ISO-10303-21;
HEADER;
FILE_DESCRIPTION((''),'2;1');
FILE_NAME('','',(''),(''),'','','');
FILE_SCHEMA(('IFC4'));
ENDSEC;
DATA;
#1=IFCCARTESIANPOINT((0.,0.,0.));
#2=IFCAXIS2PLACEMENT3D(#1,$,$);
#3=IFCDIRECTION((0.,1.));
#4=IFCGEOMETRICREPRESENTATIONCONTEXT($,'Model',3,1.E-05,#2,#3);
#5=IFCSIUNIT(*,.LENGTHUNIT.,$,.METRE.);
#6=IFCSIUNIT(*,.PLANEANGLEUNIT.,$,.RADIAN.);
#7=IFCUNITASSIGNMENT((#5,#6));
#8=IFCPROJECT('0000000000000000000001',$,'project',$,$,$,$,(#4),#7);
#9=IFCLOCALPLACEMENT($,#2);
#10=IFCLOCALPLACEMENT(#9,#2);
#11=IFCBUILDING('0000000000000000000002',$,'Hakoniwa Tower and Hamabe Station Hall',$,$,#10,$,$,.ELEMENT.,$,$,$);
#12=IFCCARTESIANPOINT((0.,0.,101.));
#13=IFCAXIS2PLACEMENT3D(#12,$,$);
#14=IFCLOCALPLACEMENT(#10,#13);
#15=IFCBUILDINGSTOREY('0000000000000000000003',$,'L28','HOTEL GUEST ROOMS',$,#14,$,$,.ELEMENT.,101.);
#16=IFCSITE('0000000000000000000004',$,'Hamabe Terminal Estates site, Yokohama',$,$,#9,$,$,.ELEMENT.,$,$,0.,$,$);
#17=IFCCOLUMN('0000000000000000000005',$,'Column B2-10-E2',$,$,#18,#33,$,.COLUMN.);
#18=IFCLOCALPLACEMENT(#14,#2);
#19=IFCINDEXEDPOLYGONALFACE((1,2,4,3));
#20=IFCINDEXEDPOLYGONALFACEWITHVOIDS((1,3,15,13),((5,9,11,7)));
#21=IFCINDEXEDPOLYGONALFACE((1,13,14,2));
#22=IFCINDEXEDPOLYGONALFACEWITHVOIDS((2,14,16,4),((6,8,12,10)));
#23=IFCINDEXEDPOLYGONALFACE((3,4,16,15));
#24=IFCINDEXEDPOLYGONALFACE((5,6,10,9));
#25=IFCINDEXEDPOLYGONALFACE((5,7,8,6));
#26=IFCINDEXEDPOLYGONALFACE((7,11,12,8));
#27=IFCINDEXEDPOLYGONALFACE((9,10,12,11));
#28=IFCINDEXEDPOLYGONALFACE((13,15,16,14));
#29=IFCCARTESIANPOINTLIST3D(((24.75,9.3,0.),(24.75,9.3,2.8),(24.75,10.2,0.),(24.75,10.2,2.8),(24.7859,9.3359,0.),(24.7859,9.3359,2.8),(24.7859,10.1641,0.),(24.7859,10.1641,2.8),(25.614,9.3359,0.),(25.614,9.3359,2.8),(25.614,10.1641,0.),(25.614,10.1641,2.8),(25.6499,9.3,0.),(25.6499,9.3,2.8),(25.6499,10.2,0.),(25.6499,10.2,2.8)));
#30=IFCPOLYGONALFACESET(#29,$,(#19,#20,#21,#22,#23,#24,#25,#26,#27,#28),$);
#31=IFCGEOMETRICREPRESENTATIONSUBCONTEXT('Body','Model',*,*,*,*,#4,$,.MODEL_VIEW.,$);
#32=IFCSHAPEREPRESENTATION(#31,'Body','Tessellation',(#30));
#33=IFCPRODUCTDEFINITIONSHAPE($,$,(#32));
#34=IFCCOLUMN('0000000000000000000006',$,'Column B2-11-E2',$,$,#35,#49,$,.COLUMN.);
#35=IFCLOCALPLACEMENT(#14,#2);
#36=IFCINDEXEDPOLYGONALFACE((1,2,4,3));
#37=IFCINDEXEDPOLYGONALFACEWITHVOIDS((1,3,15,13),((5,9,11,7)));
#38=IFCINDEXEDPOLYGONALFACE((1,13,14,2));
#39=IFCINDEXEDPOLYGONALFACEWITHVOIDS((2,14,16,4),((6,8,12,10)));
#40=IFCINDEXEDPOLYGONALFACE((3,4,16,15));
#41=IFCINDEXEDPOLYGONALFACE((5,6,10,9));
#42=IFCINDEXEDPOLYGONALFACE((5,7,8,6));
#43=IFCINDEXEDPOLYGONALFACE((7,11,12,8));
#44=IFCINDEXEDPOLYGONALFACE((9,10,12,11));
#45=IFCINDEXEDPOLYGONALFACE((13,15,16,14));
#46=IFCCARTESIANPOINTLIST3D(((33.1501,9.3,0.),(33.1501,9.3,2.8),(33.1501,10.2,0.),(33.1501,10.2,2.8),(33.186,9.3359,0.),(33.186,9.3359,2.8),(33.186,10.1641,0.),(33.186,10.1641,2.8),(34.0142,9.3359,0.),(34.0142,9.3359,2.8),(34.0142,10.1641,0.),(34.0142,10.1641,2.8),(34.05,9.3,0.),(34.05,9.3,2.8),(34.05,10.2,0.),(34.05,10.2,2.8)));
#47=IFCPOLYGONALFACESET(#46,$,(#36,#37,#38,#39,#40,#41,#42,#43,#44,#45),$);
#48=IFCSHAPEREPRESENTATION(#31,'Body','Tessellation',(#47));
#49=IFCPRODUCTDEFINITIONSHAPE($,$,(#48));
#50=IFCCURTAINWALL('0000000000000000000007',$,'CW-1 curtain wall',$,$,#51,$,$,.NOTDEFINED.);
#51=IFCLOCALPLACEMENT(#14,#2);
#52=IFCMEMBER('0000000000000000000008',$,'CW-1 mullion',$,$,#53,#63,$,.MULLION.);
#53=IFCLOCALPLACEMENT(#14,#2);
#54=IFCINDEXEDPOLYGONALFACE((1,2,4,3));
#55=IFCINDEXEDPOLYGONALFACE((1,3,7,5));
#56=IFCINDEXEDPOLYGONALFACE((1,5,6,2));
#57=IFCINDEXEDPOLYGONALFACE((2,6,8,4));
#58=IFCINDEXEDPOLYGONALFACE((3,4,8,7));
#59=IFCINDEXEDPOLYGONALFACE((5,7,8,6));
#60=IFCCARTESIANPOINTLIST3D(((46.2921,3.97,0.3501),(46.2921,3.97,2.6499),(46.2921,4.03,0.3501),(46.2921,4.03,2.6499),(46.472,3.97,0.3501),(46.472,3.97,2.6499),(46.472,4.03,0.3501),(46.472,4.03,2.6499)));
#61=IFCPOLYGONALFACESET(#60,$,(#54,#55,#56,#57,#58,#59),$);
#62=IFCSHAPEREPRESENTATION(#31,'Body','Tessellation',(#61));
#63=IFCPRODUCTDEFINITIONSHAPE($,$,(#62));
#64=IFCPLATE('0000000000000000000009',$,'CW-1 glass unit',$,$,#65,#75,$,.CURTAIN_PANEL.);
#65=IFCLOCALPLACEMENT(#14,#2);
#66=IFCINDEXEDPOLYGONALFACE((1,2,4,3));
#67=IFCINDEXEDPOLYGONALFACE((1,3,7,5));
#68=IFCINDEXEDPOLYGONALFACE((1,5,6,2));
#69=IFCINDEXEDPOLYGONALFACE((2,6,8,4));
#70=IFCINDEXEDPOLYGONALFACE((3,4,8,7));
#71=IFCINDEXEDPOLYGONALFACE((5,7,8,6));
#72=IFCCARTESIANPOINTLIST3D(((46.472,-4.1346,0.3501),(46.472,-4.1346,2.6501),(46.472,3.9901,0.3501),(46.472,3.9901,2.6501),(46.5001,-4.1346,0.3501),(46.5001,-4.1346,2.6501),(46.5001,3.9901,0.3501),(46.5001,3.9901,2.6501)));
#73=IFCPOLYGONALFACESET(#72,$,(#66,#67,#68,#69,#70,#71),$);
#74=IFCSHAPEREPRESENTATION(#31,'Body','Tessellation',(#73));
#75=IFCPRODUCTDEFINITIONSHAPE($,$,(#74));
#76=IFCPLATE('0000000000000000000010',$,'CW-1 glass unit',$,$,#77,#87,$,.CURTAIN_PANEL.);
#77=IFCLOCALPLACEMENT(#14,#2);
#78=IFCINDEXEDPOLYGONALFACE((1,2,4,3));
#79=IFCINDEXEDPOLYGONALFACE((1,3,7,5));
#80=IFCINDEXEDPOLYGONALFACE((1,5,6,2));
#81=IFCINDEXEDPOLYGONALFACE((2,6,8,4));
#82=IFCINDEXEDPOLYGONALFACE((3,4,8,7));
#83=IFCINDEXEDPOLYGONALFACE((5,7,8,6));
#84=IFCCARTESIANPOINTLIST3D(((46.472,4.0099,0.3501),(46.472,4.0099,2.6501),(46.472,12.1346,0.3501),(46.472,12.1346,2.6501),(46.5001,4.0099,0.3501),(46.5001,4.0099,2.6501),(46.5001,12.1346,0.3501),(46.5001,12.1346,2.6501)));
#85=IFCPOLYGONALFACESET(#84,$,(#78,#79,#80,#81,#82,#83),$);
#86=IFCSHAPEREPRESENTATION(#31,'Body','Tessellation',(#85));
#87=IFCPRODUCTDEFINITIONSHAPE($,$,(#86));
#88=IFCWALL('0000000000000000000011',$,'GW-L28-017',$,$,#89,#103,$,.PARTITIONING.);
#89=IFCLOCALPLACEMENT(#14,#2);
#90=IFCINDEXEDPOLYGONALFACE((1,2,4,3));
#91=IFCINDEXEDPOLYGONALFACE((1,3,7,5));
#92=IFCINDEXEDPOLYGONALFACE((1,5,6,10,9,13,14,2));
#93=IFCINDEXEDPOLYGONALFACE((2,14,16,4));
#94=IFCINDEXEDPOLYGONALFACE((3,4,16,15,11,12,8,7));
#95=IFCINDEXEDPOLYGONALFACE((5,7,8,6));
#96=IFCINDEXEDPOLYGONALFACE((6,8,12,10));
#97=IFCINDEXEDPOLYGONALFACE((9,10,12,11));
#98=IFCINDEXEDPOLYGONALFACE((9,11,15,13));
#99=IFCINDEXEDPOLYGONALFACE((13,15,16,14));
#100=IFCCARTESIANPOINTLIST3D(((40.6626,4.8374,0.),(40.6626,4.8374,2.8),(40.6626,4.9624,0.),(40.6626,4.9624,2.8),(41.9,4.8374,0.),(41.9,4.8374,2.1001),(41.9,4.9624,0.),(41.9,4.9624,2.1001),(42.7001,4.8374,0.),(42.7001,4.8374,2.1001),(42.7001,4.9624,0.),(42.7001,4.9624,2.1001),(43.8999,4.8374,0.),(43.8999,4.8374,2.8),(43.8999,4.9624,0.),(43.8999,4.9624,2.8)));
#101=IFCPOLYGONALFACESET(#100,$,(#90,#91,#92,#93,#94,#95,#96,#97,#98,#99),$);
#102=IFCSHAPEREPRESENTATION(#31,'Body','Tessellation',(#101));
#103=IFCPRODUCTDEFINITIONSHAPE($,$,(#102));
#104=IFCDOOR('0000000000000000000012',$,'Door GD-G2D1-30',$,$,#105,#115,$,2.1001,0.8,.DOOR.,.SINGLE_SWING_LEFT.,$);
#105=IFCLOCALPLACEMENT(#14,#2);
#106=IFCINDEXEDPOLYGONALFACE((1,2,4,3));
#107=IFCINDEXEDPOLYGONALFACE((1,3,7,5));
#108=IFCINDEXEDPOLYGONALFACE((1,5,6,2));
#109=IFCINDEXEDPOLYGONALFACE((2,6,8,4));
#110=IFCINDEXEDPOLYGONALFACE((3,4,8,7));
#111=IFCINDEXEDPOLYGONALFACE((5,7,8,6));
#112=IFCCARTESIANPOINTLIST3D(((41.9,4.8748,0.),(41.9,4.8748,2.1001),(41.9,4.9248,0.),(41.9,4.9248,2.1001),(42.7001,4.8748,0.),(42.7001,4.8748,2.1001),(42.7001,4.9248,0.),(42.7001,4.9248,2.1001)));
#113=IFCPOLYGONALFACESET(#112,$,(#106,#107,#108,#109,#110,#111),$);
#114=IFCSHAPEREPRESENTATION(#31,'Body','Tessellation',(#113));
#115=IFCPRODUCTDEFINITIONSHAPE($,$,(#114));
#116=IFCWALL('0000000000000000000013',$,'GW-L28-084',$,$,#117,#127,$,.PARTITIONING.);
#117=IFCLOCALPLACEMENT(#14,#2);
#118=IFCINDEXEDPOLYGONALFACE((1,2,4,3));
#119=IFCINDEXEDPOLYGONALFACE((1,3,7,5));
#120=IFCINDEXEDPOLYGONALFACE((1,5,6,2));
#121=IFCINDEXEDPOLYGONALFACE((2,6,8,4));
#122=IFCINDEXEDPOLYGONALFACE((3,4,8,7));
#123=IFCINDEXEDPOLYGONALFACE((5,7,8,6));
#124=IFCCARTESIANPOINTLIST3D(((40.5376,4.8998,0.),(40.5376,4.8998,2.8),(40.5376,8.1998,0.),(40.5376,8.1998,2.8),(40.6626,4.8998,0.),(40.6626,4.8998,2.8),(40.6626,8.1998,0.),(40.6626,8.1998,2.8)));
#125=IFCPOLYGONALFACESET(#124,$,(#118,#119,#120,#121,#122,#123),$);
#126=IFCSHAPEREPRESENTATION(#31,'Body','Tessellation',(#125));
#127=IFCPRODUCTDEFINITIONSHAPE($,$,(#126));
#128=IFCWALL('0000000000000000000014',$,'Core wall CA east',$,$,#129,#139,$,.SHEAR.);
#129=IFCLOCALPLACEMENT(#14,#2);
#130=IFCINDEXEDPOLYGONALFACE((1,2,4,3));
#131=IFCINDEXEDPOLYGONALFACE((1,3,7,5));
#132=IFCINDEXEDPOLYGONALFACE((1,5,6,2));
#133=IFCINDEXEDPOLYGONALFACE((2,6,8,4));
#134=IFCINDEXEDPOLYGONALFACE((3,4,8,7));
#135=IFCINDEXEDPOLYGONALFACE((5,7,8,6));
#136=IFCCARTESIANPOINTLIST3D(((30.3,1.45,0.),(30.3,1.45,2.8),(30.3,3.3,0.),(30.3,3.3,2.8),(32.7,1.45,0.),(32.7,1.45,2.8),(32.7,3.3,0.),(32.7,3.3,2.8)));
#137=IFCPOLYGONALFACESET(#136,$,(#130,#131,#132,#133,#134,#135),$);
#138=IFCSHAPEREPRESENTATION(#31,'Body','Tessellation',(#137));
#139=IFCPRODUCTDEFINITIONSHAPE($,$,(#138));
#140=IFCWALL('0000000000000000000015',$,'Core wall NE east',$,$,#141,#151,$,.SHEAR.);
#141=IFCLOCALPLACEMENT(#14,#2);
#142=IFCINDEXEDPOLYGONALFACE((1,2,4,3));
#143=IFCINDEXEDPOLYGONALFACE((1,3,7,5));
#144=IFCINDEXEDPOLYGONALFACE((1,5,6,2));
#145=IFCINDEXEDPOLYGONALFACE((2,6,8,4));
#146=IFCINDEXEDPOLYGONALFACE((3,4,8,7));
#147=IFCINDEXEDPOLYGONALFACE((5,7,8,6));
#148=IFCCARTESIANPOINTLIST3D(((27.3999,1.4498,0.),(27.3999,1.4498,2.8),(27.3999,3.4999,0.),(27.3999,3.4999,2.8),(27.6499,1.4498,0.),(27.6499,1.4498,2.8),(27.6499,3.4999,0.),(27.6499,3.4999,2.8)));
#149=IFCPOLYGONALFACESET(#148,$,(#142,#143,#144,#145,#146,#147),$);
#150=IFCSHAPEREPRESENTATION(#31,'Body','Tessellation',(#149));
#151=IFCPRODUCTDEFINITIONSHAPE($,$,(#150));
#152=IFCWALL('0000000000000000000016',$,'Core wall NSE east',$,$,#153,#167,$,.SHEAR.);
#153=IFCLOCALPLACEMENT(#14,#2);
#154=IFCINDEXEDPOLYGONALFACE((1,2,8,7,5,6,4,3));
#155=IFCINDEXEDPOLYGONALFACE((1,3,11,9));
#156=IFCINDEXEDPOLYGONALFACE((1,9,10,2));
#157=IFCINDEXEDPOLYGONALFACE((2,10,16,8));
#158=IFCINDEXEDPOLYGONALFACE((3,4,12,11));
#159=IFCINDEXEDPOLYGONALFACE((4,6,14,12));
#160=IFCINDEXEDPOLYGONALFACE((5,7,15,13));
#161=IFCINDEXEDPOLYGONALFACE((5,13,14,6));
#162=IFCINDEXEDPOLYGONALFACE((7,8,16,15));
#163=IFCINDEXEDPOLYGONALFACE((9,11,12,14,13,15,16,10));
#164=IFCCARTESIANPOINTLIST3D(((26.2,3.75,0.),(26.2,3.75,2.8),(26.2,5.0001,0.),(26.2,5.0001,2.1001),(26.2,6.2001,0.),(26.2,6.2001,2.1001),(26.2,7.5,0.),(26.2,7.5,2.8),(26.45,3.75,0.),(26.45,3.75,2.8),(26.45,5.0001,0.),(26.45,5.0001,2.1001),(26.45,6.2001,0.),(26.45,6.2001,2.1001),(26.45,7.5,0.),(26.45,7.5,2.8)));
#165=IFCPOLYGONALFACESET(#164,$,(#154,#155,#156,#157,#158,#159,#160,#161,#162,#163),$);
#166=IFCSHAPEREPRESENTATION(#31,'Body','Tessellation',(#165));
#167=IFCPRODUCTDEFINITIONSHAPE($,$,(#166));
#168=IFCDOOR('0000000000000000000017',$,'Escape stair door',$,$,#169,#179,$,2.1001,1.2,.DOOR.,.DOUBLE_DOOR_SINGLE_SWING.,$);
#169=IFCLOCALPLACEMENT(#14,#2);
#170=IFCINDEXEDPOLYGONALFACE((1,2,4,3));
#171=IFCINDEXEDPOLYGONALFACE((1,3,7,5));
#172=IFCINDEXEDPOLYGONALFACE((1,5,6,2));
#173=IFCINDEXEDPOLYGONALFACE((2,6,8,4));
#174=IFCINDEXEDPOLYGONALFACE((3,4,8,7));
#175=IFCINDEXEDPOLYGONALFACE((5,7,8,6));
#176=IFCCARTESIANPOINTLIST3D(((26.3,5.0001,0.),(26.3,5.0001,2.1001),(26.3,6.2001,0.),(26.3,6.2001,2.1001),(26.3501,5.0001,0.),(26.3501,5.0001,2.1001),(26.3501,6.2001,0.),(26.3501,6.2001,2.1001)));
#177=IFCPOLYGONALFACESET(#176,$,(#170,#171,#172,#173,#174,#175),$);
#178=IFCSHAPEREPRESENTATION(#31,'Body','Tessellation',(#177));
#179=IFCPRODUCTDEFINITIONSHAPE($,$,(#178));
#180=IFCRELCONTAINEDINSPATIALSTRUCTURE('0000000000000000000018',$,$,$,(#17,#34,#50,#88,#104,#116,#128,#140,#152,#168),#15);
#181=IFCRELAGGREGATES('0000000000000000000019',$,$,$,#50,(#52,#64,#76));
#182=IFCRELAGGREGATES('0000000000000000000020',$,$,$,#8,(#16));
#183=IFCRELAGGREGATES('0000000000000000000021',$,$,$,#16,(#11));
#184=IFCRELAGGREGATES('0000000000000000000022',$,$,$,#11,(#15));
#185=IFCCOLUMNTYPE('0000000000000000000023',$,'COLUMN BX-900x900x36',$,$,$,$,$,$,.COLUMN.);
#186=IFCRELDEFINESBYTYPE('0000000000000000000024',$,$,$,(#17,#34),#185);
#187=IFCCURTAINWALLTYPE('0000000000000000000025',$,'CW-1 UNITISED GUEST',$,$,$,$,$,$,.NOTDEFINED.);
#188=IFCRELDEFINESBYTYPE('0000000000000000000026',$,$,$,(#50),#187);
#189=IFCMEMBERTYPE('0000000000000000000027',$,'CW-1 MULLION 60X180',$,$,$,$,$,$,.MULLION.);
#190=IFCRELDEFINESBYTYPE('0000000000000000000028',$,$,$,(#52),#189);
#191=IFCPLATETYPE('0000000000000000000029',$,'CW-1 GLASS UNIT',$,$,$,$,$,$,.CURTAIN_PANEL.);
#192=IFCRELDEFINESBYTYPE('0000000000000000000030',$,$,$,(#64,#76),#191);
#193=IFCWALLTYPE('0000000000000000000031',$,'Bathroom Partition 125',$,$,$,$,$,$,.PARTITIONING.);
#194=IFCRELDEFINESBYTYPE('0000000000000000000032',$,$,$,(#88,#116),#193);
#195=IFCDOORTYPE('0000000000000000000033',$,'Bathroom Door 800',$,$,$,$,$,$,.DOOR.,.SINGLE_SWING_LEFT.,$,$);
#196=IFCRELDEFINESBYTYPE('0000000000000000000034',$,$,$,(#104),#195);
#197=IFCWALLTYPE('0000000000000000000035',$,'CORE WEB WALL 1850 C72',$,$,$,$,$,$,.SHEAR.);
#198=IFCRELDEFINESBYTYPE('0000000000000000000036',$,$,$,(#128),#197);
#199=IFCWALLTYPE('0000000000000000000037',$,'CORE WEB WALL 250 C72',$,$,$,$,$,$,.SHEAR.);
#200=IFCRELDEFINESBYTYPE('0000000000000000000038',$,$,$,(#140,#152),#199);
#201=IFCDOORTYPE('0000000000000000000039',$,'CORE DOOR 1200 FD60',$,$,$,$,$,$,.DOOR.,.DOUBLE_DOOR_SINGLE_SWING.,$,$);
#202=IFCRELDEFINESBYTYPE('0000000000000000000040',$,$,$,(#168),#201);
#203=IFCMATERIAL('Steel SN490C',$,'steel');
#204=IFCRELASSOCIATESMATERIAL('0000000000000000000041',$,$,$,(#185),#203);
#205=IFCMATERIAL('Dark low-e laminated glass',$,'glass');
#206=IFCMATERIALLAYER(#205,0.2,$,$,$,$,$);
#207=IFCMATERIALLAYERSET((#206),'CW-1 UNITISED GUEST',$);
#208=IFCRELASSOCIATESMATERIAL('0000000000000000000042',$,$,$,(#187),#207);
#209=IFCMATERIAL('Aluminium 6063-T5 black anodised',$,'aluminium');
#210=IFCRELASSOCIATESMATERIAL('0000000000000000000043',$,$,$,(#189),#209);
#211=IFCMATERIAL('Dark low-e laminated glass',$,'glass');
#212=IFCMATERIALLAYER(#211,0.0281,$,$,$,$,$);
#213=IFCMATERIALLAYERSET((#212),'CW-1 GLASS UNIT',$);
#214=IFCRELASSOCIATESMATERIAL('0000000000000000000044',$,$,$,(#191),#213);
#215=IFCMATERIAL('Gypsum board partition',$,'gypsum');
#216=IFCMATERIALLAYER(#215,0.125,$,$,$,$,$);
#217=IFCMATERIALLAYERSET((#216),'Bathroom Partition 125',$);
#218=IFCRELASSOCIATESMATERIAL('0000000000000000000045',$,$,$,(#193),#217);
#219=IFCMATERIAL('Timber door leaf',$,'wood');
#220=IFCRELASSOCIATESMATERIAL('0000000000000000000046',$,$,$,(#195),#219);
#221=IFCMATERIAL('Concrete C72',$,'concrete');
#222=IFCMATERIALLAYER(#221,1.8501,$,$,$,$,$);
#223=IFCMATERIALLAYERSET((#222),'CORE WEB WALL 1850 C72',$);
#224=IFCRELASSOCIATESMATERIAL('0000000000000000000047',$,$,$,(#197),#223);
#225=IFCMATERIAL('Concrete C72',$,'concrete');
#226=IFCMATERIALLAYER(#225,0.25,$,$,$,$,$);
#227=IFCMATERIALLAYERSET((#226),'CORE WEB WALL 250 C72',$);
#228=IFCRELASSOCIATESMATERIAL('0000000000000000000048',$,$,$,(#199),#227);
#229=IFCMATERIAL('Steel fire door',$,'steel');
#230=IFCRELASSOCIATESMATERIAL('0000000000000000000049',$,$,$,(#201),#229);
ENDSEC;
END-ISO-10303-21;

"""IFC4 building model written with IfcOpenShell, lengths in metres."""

from ifc_helpers import new_model, si_unit, direction, frame, frame_2d, origin, origin_2d, place, context, subcontext, project, spatial, rectangle, hollow_rectangle, extrude, material, layer, layer_set, material_profile, profile_set, type_object, element, fill, aggregate, save


model = new_model("IFC4")

# Units and contexts
model_context = context("Model", 3, precision=1e-05, world=origin(), true_north=direction((0.0, 1.0)))
body_context = subcontext(model_context, "Body", "Model", "MODEL_VIEW")
ifc_project = project(units=[si_unit("LENGTHUNIT", "METRE"), si_unit("PLANEANGLEUNIT", "RADIAN")], contexts=[model_context])

# Site, building, storey
site_placement = place(None, origin())
site = spatial("IfcSite", under=ifc_project, at=site_placement, Name="Hamabe Terminal Estates site, Yokohama", CompositionType="ELEMENT", RefElevation=0.0)
building_placement = place(site_placement, origin())
building = spatial("IfcBuilding", under=site, at=building_placement, Name="Hakoniwa Tower and Hamabe Station Hall", CompositionType="ELEMENT")
storey_placement = place(building_placement, frame((0.0, 0.0, 101.0)))
storey = spatial("IfcBuildingStorey", under=building, at=storey_placement, Name="L28", Description="HOTEL GUEST ROOMS", CompositionType="ELEMENT", Elevation=101.0)

# Columns
ifc_material_1 = material(Name="Steel SN490C", Category="steel")
ifc_material_profile_1 = material_profile(ifc_material_1, hollow_rectangle(XDim=0.8999, YDim=0.8999, WallThickness=0.0359, at=origin_2d()), Name="BX-900x900x36")
ifc_profile_set_1 = profile_set([ifc_material_profile_1], Name="Steel SN490C")
column_type = type_object("IfcColumnType", Name="COLUMN BX-900x900x36", PredefinedType="COLUMN", material=ifc_profile_set_1)
for number, where, z_axis, x_axis, name in (
    (1, (25.2, 9.75, 0.0), (0.0, 0.0, 1.0), (1.0, 0.0, 0.0), "Column B2-10-E2"),
    (2, (33.6001, 9.75, 0.0), (0.0, 0.0, 1.0), (1.0, 0.0, 0.0), "Column B2-11-E2"),
):
    element("IfcColumn", number, at=place(storey_placement, frame(where, z_axis=z_axis, x_axis=x_axis)), inside=storey, type_object=column_type, Name=name, PredefinedType="COLUMN", context=body_context, shape_type="SweptSolid", body=[
        extrude(hollow_rectangle(XDim=0.8999, YDim=0.8999, WallThickness=0.0359, at=origin_2d()), origin(), (0.0, 0.0, 1.0), 2.8),
    ])

# Curtain wall, member, plates
ifc_material_2 = material(Name="Dark low-e laminated glass", Category="glass")
ifc_layer_1 = layer(ifc_material_2, 0.2)
ifc_layer_set_1 = layer_set([ifc_layer_1], Name="CW-1 UNITISED GUEST")
curtain_wall_type = type_object("IfcCurtainWallType", Name="CW-1 UNITISED GUEST", PredefinedType="NOTDEFINED", material=ifc_layer_set_1)
curtain_wall_placement = place(storey_placement, origin())
curtain_wall = element("IfcCurtainWall", 3, at=curtain_wall_placement, inside=storey, type_object=curtain_wall_type, Name="CW-1 curtain wall", PredefinedType="NOTDEFINED")
ifc_material_3 = material(Name="Aluminium 6063-T5 black anodised", Category="aluminium")
ifc_material_profile_2 = material_profile(ifc_material_3, rectangle(XDim=0.0601, YDim=0.1799, at=origin_2d()), Name="CW-1 MULLION 60X180")
ifc_profile_set_2 = profile_set([ifc_material_profile_2], Name="Aluminium 6063-T5 black anodised")
member_type = type_object("IfcMemberType", Name="CW-1 MULLION 60X180", PredefinedType="MULLION", material=ifc_profile_set_2)
member_placement = place(storey_placement, frame((46.3821, 4.0, 0.3501), z_axis=(0.0, 0.0, 1.0), x_axis=(0.0, 1.0, 0.0)))
member = element("IfcMember", 4, at=member_placement, type_object=member_type, Name="CW-1 mullion", PredefinedType="MULLION", context=body_context, shape_type="SweptSolid", body=[
    extrude(rectangle(XDim=0.0601, YDim=0.1799, at=origin_2d()), origin(), (0.0, 0.0, 1.0), 2.2998),
])
ifc_material_4 = material(Name="Dark low-e laminated glass", Category="glass")
ifc_layer_2 = layer(ifc_material_4, 0.0281)
ifc_layer_set_2 = layer_set([ifc_layer_2], Name="CW-1 GLASS UNIT")
plate_type = type_object("IfcPlateType", Name="CW-1 GLASS UNIT", PredefinedType="CURTAIN_PANEL", material=ifc_layer_set_2)
plate_1_placement = place(storey_placement, frame((46.4861, -0.0723, 0.3501), z_axis=(0.0, 0.0, 1.0), x_axis=(0.0, 1.0, 0.0)))
plate_1 = element("IfcPlate", 5, at=plate_1_placement, type_object=plate_type, Name="CW-1 glass unit", PredefinedType="CURTAIN_PANEL", context=body_context, shape_type="SweptSolid", body=[
    extrude(rectangle(XDim=8.1248, YDim=0.0281, at=origin_2d()), origin(), (0.0, 0.0, 1.0), 2.3),
])
plate_2_placement = place(storey_placement, frame((46.4861, 8.0723, 0.3501), z_axis=(0.0, 0.0, 1.0), x_axis=(0.0, 1.0, 0.0)))
plate_2 = element("IfcPlate", 6, at=plate_2_placement, type_object=plate_type, Name="CW-1 glass unit", PredefinedType="CURTAIN_PANEL", context=body_context, shape_type="SweptSolid", body=[
    extrude(rectangle(XDim=8.1248, YDim=0.0281, at=origin_2d()), origin(), (0.0, 0.0, 1.0), 2.3),
])
aggregate(curtain_wall, [member, plate_1, plate_2])

# Wall, opening, door
ifc_material_5 = material(Name="Gypsum board partition", Category="gypsum")
ifc_layer_3 = layer(ifc_material_5, 0.125)
ifc_layer_set_3 = layer_set([ifc_layer_3], Name="Bathroom Partition 125")
wall_type_1 = type_object("IfcWallType", Name="Bathroom Partition 125", PredefinedType="PARTITIONING", material=ifc_layer_set_3)
wall_1_placement = place(storey_placement, frame((40.6626, 4.8999, 0.0), z_axis=(0.0, 0.0, 1.0), x_axis=(1.0, 0.0, 0.0)))
wall_1 = element("IfcWall", 7, at=wall_1_placement, inside=storey, type_object=wall_type_1, Name="GW-L28-017", PredefinedType="PARTITIONING", context=body_context, shape_type="SweptSolid", body=[
    extrude(rectangle(XDim=3.2373, YDim=0.125, at=frame_2d((1.6187, 0.0))), origin(), (0.0, 0.0, 1.0), 2.8),
])
opening_1_placement = place(wall_1_placement, frame((1.2375, 0.0, 0.0)))
opening_1 = element("IfcOpeningElement", 8, at=opening_1_placement, cuts=wall_1, PredefinedType="OPENING", context=body_context, shape_type="SweptSolid", body=[
    extrude(rectangle(XDim=0.8, YDim=2.1001, at=frame_2d((0.3999, 1.05))), frame((0.0, 0.0725, 0.0), z_axis=(0.0, -1.0, 0.0), x_axis=(1.0, 0.0, 0.0)), (0.0, 0.0, 1.0), 0.145),
])
ifc_material_6 = material(Name="Timber door leaf", Category="wood")
door_type_1 = type_object("IfcDoorType", Name="Bathroom Door 800", OperationType="SINGLE_SWING_LEFT", PredefinedType="DOOR", material=ifc_material_6)
door_1_placement = place(opening_1_placement, origin())
door_1 = element("IfcDoor", 9, at=door_1_placement, inside=storey, type_object=door_type_1, Name="Door GD-G2D1-30", OperationType="SINGLE_SWING_LEFT", OverallHeight=2.1001, OverallWidth=0.8, PredefinedType="DOOR", context=body_context, shape_type="SweptSolid", body=[
    extrude(rectangle(XDim=0.8, YDim=2.1001, at=frame_2d((0.3999, 1.05))), frame((0.0, 0.0249, 0.0), z_axis=(0.0, -1.0, 0.0), x_axis=(1.0, 0.0, 0.0)), (0.0, 0.0, 1.0), 0.05),
])
fill(opening_1, door_1)

# Walls
wall_2_placement = place(storey_placement, frame((40.6001, 4.8999, 0.0), z_axis=(0.0, 0.0, 1.0), x_axis=(0.0, 1.0, 0.0)))
element("IfcWall", 10, at=wall_2_placement, inside=storey, type_object=wall_type_1, Name="GW-L28-084", PredefinedType="PARTITIONING", context=body_context, shape_type="SweptSolid", body=[
    extrude(rectangle(XDim=3.3, YDim=0.125, at=frame_2d((1.6499, 0.0))), origin(), (0.0, 0.0, 1.0), 2.8),
])
ifc_material_7 = material(Name="Concrete C72", Category="concrete")
ifc_layer_4 = layer(ifc_material_7, 1.8501)
ifc_layer_set_4 = layer_set([ifc_layer_4], Name="CORE WEB WALL 1850 C72")
wall_type_2 = type_object("IfcWallType", Name="CORE WEB WALL 1850 C72", PredefinedType="SHEAR", material=ifc_layer_set_4)
wall_3_placement = place(storey_placement, frame((30.3, 2.375, 0.0), z_axis=(0.0, 0.0, 1.0), x_axis=(1.0, 0.0, 0.0)))
element("IfcWall", 11, at=wall_3_placement, inside=storey, type_object=wall_type_2, Name="Core wall CA east", PredefinedType="SHEAR", context=body_context, shape_type="SweptSolid", body=[
    extrude(rectangle(XDim=2.3999, YDim=1.8501, at=frame_2d((1.2, 0.0))), origin(), (0.0, 0.0, 1.0), 2.8),
])
ifc_material_8 = material(Name="Concrete C72", Category="concrete")
ifc_layer_5 = layer(ifc_material_8, 0.25)
ifc_layer_set_5 = layer_set([ifc_layer_5], Name="CORE WEB WALL 250 C72")
wall_type_3 = type_object("IfcWallType", Name="CORE WEB WALL 250 C72", PredefinedType="SHEAR", material=ifc_layer_set_5)
wall_4_placement = place(storey_placement, frame((27.5249, 1.45, 0.0), z_axis=(0.0, 0.0, 1.0), x_axis=(0.0, 1.0, 0.0)))
element("IfcWall", 12, at=wall_4_placement, inside=storey, type_object=wall_type_3, Name="Core wall NE east", PredefinedType="SHEAR", context=body_context, shape_type="SweptSolid", body=[
    extrude(rectangle(XDim=2.05, YDim=0.25, at=frame_2d((1.0249, 0.0))), origin(), (0.0, 0.0, 1.0), 2.8),
])

# Wall, opening, door
wall_5_placement = place(storey_placement, frame((26.325, 3.75, 0.0), z_axis=(0.0, 0.0, 1.0), x_axis=(0.0, 1.0, 0.0)))
wall_5 = element("IfcWall", 13, at=wall_5_placement, inside=storey, type_object=wall_type_3, Name="Core wall NSE east", PredefinedType="SHEAR", context=body_context, shape_type="SweptSolid", body=[
    extrude(rectangle(XDim=3.75, YDim=0.25, at=frame_2d((1.875, 0.0))), origin(), (0.0, 0.0, 1.0), 2.8),
])
opening_2_placement = place(wall_5_placement, frame((1.25, 0.0, 0.0)))
opening_2 = element("IfcOpeningElement", 14, at=opening_2_placement, cuts=wall_5, PredefinedType="OPENING", context=body_context, shape_type="SweptSolid", body=[
    extrude(rectangle(XDim=1.2, YDim=2.1001, at=frame_2d((0.6001, 1.05))), frame((0.0, 0.135, 0.0), z_axis=(0.0, -1.0, 0.0), x_axis=(1.0, 0.0, 0.0)), (0.0, 0.0, 1.0), 0.27),
])
ifc_material_9 = material(Name="Steel fire door", Category="steel")
door_type_2 = type_object("IfcDoorType", Name="CORE DOOR 1200 FD60", OperationType="DOUBLE_DOOR_SINGLE_SWING", PredefinedType="DOOR", material=ifc_material_9)
door_2_placement = place(opening_2_placement, origin())
door_2 = element("IfcDoor", 15, at=door_2_placement, inside=storey, type_object=door_type_2, Name="Escape stair door", OperationType="DOUBLE_DOOR_SINGLE_SWING", OverallHeight=2.1001, OverallWidth=1.2, PredefinedType="DOOR", context=body_context, shape_type="SweptSolid", body=[
    extrude(rectangle(XDim=1.2, YDim=2.1001, at=frame_2d((0.6001, 1.05))), frame((0.0, 0.0249, 0.0), z_axis=(0.0, -1.0, 0.0), x_axis=(1.0, 0.0, 0.0)), (0.0, 0.0, 1.0), 0.05),
])
fill(opening_2, door_2)

save(model, "model.ifc")
